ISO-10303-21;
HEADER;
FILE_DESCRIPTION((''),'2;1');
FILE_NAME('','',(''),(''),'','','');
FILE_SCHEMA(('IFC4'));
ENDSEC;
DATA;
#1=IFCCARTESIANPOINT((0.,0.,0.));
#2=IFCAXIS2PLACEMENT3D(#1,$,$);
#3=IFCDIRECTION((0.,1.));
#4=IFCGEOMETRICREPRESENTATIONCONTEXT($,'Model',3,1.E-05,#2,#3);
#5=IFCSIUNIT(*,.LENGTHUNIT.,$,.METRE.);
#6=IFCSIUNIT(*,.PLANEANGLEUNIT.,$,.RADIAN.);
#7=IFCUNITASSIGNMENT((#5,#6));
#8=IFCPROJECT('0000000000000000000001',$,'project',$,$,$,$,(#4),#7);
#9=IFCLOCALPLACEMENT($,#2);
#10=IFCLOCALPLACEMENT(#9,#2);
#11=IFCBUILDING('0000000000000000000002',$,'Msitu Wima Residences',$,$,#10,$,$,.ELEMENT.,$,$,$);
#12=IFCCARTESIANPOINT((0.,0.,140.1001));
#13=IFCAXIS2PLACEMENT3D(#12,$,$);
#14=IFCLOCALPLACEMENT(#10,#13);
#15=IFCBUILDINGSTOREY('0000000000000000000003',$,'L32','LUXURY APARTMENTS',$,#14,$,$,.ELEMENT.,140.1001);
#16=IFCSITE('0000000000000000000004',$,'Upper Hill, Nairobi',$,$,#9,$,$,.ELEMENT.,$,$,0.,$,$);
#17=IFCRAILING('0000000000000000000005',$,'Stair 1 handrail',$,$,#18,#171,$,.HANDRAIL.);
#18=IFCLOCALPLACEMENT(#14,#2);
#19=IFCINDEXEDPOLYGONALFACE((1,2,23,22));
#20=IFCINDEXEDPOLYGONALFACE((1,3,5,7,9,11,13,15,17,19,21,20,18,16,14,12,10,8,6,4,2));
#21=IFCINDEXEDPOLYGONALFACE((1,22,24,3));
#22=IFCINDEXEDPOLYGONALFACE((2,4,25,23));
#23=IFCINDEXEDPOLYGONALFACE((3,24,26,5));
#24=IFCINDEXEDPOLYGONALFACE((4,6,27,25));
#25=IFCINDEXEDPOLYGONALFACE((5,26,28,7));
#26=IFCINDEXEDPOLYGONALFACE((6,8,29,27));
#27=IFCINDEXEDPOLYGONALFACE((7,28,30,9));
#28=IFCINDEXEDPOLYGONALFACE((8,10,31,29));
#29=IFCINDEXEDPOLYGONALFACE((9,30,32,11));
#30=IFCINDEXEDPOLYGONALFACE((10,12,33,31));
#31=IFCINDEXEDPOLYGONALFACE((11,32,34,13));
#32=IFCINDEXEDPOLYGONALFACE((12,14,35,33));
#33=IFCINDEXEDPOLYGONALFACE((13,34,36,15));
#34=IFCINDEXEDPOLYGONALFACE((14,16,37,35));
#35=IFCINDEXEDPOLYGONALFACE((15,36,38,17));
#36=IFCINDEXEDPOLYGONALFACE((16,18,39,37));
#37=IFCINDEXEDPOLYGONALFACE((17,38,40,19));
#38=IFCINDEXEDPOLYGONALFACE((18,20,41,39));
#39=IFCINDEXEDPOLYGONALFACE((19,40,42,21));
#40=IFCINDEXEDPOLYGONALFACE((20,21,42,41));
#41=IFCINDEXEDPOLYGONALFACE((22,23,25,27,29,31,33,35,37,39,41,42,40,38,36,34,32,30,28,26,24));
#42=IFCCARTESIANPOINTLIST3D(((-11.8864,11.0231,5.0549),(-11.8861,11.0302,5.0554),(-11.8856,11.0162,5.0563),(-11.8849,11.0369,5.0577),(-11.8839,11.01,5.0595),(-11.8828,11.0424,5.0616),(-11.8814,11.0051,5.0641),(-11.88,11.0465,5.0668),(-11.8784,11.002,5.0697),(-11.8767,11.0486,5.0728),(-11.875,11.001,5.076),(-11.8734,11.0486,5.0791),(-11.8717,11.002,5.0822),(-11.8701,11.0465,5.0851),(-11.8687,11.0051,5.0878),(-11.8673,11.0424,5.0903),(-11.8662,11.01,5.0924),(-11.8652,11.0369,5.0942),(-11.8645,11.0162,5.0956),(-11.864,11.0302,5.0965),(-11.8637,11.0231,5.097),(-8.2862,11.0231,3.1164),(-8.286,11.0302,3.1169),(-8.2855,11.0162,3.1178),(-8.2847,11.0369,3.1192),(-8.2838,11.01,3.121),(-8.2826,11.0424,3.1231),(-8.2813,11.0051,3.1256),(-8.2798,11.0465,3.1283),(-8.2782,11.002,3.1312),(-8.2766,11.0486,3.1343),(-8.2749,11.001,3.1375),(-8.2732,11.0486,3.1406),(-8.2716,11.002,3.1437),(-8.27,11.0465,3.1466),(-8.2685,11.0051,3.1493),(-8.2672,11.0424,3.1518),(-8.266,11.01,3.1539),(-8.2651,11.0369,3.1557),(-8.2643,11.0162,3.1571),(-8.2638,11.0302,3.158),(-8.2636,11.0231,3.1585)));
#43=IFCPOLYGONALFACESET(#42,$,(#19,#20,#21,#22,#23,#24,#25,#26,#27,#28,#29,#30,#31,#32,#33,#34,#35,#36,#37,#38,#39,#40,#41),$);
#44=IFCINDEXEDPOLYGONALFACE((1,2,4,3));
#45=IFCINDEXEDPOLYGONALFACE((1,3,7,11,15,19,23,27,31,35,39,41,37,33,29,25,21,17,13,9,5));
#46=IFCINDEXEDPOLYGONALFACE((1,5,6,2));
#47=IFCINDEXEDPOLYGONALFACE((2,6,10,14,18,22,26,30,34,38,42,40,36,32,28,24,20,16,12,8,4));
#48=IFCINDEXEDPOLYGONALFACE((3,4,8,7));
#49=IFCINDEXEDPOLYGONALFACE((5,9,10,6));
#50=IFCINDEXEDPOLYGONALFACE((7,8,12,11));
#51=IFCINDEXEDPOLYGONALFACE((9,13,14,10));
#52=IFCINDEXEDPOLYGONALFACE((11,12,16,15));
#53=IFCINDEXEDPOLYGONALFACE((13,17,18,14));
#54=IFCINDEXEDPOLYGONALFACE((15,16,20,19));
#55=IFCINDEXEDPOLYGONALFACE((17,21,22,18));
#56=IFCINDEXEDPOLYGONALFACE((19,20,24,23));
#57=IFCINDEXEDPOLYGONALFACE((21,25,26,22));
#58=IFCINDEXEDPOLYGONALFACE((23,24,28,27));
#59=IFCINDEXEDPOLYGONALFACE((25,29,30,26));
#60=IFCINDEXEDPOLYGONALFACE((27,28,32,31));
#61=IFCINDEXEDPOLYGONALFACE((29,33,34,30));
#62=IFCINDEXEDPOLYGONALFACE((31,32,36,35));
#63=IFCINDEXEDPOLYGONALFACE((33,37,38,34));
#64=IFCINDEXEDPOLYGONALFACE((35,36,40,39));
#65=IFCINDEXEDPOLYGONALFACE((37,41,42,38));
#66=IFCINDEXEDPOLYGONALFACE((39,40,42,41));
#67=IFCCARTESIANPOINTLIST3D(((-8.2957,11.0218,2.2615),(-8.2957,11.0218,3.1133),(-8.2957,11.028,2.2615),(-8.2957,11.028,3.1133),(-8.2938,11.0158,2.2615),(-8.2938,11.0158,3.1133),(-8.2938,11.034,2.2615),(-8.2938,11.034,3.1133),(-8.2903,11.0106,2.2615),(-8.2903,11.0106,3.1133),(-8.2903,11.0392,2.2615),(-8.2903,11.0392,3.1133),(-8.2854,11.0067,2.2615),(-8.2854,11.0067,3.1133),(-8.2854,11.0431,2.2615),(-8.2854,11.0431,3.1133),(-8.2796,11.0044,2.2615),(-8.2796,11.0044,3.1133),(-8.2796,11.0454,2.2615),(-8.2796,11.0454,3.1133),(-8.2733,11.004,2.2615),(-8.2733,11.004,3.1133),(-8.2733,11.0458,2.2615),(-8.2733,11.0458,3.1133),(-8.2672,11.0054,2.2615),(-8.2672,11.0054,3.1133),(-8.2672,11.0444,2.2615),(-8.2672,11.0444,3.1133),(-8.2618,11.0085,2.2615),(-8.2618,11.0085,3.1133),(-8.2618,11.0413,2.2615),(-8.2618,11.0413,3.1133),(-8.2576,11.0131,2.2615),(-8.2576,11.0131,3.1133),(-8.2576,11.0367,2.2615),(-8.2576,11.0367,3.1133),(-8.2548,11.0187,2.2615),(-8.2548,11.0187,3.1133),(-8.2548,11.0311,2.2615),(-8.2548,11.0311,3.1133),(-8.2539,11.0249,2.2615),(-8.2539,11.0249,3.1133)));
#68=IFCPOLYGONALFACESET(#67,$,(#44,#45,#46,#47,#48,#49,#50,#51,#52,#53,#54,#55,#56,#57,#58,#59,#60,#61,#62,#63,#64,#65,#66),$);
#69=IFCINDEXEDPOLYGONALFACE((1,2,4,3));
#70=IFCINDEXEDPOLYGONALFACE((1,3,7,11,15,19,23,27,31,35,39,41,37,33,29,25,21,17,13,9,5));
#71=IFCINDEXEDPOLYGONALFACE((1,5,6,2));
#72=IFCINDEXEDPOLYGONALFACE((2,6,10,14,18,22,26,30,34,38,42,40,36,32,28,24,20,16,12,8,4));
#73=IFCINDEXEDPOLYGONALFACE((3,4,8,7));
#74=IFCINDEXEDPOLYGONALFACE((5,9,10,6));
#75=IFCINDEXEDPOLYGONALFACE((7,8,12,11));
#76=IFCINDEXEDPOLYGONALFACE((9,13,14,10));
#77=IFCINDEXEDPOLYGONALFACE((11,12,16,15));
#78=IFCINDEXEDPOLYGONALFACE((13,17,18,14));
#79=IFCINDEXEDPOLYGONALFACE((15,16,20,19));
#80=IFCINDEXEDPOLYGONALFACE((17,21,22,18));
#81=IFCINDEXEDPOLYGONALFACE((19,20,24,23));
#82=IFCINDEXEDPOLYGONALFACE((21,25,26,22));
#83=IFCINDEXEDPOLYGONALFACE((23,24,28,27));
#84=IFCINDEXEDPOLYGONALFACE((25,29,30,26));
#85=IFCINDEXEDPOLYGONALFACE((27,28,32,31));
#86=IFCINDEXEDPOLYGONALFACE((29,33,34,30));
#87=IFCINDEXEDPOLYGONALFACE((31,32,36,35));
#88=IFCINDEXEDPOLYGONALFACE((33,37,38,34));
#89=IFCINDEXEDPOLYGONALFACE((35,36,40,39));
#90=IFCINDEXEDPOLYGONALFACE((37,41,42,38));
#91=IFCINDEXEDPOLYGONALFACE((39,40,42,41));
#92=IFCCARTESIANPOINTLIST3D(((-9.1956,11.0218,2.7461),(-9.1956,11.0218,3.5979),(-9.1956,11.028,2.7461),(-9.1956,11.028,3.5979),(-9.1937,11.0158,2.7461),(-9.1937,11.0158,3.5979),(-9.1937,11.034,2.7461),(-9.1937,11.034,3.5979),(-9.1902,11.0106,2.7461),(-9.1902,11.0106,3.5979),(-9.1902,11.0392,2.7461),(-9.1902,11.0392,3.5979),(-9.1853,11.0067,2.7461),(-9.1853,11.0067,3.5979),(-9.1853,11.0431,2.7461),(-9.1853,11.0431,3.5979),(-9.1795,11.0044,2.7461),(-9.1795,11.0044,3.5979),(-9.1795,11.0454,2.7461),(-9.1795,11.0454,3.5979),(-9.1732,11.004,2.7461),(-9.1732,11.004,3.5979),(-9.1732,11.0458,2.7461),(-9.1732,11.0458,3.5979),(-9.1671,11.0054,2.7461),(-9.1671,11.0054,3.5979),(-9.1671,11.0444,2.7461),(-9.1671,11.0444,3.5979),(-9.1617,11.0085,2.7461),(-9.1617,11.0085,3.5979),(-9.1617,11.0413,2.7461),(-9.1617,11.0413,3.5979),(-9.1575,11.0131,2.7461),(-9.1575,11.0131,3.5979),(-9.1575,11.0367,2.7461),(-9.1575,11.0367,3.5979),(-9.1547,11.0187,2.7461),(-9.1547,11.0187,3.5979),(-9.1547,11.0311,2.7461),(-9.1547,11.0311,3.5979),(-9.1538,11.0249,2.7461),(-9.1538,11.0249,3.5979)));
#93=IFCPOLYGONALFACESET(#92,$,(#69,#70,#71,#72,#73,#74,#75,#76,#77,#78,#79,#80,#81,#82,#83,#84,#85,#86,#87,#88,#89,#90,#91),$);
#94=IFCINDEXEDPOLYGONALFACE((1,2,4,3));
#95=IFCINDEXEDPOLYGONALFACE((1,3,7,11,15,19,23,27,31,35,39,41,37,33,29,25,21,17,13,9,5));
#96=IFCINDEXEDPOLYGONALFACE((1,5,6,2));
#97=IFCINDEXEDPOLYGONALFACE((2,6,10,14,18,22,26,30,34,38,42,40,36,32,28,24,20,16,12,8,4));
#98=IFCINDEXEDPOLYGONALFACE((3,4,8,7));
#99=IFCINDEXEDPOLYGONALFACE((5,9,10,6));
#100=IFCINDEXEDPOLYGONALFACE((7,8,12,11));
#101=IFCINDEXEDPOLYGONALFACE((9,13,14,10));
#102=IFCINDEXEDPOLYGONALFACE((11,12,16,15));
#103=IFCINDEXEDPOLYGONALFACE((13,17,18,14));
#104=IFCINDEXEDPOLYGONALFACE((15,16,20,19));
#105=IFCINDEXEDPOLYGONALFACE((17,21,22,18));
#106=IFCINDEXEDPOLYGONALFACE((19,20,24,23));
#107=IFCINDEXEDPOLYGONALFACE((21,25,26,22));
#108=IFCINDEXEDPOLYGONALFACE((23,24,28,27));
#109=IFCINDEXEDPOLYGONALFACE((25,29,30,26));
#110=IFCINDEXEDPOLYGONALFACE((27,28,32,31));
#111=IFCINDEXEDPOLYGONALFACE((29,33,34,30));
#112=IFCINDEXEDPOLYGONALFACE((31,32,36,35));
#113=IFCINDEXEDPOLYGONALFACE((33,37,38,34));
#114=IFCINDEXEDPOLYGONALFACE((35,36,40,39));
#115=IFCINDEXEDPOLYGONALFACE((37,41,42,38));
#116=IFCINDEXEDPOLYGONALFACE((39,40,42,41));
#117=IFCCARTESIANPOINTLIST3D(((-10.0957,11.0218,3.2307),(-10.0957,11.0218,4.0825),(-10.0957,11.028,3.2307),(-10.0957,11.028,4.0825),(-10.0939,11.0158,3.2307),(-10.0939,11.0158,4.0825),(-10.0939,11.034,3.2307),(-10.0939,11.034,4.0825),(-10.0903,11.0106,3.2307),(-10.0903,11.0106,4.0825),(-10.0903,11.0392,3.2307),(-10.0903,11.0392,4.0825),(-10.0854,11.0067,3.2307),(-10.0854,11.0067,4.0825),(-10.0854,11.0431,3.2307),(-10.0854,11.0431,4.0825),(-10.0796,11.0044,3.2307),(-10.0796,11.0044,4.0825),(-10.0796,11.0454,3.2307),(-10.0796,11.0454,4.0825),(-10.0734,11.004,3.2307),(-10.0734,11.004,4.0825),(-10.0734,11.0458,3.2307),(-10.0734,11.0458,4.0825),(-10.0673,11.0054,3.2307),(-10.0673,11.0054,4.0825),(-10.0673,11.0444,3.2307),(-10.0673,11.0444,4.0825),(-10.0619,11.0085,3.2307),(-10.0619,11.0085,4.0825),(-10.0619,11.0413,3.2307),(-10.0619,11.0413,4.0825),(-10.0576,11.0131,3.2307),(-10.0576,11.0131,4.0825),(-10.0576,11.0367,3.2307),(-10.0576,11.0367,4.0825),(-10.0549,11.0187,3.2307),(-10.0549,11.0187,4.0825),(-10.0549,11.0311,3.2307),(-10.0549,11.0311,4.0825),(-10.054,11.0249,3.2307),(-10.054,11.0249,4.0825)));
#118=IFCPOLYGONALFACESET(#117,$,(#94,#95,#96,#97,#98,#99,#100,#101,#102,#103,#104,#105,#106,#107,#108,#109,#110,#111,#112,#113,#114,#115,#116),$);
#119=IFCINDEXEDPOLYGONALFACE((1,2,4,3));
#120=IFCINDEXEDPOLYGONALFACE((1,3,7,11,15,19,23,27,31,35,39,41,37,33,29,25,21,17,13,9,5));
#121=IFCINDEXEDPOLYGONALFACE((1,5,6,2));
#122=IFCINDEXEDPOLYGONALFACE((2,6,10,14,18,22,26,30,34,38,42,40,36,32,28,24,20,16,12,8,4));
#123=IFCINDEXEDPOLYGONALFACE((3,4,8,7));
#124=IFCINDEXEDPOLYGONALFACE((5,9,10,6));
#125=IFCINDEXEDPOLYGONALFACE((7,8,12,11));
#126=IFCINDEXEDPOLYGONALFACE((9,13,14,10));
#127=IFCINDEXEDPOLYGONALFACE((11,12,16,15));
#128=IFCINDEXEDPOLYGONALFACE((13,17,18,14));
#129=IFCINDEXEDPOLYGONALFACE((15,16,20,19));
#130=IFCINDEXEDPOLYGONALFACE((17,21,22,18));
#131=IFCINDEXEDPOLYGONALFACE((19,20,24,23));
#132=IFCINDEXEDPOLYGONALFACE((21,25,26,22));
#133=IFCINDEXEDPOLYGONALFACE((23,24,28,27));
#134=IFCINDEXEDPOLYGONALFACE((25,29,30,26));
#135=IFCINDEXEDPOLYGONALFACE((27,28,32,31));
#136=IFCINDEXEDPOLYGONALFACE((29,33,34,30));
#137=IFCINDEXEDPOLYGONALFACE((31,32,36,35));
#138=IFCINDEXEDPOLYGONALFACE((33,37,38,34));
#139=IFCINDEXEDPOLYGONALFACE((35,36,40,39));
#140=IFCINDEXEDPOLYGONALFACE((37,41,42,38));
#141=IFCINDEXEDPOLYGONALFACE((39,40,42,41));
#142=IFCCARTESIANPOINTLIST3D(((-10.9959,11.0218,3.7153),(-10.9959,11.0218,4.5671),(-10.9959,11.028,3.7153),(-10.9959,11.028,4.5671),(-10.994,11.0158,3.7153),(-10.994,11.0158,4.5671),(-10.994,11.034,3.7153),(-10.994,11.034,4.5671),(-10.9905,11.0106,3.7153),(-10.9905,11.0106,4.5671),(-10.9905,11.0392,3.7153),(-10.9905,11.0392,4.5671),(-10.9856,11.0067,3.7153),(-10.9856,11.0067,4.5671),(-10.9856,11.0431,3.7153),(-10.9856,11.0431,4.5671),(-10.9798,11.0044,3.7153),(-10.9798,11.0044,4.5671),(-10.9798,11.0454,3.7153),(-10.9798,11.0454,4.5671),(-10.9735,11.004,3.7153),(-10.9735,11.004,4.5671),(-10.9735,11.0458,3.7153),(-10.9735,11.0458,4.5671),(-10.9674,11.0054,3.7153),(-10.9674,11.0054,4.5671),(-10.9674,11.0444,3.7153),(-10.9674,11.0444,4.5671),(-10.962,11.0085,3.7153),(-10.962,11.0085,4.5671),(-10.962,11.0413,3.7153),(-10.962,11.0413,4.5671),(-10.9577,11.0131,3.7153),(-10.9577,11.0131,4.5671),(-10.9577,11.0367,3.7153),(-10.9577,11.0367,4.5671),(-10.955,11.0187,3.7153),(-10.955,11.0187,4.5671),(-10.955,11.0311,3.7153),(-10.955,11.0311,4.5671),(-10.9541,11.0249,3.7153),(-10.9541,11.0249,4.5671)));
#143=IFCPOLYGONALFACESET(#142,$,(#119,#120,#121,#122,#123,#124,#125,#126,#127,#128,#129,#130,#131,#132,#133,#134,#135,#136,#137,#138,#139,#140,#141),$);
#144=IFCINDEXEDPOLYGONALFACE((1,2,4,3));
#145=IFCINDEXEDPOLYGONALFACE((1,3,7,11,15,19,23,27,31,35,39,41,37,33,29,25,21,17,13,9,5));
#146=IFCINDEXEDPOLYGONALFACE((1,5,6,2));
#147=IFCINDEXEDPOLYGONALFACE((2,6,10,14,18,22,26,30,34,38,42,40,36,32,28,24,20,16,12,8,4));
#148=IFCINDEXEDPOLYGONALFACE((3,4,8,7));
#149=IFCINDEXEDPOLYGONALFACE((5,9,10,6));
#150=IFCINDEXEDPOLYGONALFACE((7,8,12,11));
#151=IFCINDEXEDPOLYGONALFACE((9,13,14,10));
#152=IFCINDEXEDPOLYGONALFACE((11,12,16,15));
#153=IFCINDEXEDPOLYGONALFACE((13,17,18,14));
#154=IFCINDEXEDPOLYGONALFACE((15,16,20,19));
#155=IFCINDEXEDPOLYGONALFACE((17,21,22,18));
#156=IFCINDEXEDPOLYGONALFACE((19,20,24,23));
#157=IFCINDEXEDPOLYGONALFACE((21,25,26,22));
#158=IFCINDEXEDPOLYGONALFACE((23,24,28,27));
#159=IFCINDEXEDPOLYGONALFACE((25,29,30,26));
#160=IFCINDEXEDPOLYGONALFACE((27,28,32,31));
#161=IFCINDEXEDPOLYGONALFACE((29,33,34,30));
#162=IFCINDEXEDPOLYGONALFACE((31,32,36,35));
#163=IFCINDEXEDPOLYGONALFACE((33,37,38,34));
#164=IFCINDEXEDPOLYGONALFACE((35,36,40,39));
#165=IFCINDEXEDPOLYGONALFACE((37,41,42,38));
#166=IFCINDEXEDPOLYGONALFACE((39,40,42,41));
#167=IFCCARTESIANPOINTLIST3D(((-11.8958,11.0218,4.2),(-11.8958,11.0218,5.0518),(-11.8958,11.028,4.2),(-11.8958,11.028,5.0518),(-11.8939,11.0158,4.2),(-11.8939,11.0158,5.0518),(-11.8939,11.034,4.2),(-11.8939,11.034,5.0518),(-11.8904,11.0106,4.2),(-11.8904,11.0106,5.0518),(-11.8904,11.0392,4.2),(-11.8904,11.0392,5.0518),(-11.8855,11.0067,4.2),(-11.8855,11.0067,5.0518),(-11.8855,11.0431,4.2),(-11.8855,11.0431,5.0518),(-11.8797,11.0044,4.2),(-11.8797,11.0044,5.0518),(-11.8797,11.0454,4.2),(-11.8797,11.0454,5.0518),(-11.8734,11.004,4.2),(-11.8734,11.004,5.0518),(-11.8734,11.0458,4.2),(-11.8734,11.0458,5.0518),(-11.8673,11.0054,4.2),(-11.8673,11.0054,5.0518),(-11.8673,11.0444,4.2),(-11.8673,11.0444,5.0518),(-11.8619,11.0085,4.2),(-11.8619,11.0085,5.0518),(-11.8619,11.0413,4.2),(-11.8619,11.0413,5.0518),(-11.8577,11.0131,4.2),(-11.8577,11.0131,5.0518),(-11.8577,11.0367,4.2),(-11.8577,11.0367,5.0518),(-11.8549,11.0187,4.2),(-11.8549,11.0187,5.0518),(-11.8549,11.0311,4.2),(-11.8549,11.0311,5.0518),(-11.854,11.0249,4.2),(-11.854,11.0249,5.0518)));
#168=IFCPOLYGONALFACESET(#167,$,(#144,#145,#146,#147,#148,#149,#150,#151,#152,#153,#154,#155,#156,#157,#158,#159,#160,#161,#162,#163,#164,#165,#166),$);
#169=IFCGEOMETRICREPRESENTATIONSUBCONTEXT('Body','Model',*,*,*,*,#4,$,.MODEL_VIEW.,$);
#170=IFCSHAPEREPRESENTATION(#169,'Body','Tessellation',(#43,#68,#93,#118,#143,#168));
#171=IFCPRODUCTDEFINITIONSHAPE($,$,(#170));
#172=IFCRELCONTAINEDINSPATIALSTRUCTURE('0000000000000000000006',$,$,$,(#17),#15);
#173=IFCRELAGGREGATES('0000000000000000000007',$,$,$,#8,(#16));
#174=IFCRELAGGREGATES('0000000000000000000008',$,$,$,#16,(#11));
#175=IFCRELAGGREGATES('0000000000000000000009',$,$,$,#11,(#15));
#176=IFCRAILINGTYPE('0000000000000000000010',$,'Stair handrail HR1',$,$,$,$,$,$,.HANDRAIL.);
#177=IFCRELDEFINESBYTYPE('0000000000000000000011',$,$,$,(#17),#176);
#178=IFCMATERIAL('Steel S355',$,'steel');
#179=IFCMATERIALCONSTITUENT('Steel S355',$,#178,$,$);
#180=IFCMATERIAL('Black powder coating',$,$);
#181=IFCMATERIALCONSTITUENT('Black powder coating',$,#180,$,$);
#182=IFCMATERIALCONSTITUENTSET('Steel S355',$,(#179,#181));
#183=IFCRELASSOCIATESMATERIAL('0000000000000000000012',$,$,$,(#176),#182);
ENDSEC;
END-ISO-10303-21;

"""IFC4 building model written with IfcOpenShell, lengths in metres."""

from ifc_helpers import new_model, si_unit, direction, frame, origin, origin_2d, place, context, subcontext, project, spatial, circle, extrude, material, constituent, constituent_set, type_object, element, save


model = new_model("IFC4")

# Units and contexts
model_context = context("Model", 3, precision=1e-05, world=origin(), true_north=direction((0.0, 1.0)))
body_context = subcontext(model_context, "Body", "Model", "MODEL_VIEW")
ifc_project = project(units=[si_unit("LENGTHUNIT", "METRE"), si_unit("PLANEANGLEUNIT", "RADIAN")], contexts=[model_context])

# Site, building, storey
site_placement = place(None, origin())
site = spatial("IfcSite", under=ifc_project, at=site_placement, Name="Upper Hill, Nairobi", CompositionType="ELEMENT", RefElevation=0.0)
building_placement = place(site_placement, origin())
building = spatial("IfcBuilding", under=site, at=building_placement, Name="Msitu Wima Residences", CompositionType="ELEMENT")
storey_placement = place(building_placement, frame((0.0, 0.0, 140.1001)))
storey = spatial("IfcBuildingStorey", under=building, at=storey_placement, Name="L32", Description="LUXURY APARTMENTS", CompositionType="ELEMENT", Elevation=140.1001)

# Railing
ifc_material_1 = material(Name="Steel S355", Category="steel")
ifc_constituent_1 = constituent(ifc_material_1, Name="Steel S355")
ifc_material_2 = material(Name="Black powder coating")
ifc_constituent_2 = constituent(ifc_material_2, Name="Black powder coating")
ifc_constituent_set_1 = constituent_set(constituents=[ifc_constituent_1, ifc_constituent_2], Name="Steel S355")
railing_type_1 = type_object("IfcRailingType", Name="Stair handrail HR1", PredefinedType="HANDRAIL", material=ifc_constituent_set_1)
railing_1_placement = place(storey_placement, frame((-8.2749, 11.0249, 2.2615)))
element("IfcRailing", 1, at=railing_1_placement, inside=storey, type_object=railing_type_1, Name="Stair 1 handrail", PredefinedType="HANDRAIL", context=body_context, shape_type="SweptSolid", body=[
    extrude(circle(Radius=0.0239, at=origin_2d()), frame((0.0, 0.0, 0.876), z_axis=(-0.880475, 0.0, 0.474093), x_axis=(0.0, -1.0, 0.0)), (0.0, 0.0, 1.0), 4.0889),
    extrude(circle(Radius=0.021, at=origin_2d()), origin(), (0.0, 0.0, 1.0), 0.8518),
    extrude(circle(Radius=0.021, at=origin_2d()), frame((-0.8999, 0.0, 0.4846)), (0.0, 0.0, 1.0), 0.8518),
    extrude(circle(Radius=0.021, at=origin_2d()), frame((-1.8, 0.0, 0.9692)), (0.0, 0.0, 1.0), 0.8518),
    extrude(circle(Radius=0.021, at=origin_2d()), frame((-2.7002, 0.0, 1.4539)), (0.0, 0.0, 1.0), 0.8518),
    extrude(circle(Radius=0.021, at=origin_2d()), frame((-3.6001, 0.0, 1.9385)), (0.0, 0.0, 1.0), 0.8518),
])

save(model, "model.ifc")
